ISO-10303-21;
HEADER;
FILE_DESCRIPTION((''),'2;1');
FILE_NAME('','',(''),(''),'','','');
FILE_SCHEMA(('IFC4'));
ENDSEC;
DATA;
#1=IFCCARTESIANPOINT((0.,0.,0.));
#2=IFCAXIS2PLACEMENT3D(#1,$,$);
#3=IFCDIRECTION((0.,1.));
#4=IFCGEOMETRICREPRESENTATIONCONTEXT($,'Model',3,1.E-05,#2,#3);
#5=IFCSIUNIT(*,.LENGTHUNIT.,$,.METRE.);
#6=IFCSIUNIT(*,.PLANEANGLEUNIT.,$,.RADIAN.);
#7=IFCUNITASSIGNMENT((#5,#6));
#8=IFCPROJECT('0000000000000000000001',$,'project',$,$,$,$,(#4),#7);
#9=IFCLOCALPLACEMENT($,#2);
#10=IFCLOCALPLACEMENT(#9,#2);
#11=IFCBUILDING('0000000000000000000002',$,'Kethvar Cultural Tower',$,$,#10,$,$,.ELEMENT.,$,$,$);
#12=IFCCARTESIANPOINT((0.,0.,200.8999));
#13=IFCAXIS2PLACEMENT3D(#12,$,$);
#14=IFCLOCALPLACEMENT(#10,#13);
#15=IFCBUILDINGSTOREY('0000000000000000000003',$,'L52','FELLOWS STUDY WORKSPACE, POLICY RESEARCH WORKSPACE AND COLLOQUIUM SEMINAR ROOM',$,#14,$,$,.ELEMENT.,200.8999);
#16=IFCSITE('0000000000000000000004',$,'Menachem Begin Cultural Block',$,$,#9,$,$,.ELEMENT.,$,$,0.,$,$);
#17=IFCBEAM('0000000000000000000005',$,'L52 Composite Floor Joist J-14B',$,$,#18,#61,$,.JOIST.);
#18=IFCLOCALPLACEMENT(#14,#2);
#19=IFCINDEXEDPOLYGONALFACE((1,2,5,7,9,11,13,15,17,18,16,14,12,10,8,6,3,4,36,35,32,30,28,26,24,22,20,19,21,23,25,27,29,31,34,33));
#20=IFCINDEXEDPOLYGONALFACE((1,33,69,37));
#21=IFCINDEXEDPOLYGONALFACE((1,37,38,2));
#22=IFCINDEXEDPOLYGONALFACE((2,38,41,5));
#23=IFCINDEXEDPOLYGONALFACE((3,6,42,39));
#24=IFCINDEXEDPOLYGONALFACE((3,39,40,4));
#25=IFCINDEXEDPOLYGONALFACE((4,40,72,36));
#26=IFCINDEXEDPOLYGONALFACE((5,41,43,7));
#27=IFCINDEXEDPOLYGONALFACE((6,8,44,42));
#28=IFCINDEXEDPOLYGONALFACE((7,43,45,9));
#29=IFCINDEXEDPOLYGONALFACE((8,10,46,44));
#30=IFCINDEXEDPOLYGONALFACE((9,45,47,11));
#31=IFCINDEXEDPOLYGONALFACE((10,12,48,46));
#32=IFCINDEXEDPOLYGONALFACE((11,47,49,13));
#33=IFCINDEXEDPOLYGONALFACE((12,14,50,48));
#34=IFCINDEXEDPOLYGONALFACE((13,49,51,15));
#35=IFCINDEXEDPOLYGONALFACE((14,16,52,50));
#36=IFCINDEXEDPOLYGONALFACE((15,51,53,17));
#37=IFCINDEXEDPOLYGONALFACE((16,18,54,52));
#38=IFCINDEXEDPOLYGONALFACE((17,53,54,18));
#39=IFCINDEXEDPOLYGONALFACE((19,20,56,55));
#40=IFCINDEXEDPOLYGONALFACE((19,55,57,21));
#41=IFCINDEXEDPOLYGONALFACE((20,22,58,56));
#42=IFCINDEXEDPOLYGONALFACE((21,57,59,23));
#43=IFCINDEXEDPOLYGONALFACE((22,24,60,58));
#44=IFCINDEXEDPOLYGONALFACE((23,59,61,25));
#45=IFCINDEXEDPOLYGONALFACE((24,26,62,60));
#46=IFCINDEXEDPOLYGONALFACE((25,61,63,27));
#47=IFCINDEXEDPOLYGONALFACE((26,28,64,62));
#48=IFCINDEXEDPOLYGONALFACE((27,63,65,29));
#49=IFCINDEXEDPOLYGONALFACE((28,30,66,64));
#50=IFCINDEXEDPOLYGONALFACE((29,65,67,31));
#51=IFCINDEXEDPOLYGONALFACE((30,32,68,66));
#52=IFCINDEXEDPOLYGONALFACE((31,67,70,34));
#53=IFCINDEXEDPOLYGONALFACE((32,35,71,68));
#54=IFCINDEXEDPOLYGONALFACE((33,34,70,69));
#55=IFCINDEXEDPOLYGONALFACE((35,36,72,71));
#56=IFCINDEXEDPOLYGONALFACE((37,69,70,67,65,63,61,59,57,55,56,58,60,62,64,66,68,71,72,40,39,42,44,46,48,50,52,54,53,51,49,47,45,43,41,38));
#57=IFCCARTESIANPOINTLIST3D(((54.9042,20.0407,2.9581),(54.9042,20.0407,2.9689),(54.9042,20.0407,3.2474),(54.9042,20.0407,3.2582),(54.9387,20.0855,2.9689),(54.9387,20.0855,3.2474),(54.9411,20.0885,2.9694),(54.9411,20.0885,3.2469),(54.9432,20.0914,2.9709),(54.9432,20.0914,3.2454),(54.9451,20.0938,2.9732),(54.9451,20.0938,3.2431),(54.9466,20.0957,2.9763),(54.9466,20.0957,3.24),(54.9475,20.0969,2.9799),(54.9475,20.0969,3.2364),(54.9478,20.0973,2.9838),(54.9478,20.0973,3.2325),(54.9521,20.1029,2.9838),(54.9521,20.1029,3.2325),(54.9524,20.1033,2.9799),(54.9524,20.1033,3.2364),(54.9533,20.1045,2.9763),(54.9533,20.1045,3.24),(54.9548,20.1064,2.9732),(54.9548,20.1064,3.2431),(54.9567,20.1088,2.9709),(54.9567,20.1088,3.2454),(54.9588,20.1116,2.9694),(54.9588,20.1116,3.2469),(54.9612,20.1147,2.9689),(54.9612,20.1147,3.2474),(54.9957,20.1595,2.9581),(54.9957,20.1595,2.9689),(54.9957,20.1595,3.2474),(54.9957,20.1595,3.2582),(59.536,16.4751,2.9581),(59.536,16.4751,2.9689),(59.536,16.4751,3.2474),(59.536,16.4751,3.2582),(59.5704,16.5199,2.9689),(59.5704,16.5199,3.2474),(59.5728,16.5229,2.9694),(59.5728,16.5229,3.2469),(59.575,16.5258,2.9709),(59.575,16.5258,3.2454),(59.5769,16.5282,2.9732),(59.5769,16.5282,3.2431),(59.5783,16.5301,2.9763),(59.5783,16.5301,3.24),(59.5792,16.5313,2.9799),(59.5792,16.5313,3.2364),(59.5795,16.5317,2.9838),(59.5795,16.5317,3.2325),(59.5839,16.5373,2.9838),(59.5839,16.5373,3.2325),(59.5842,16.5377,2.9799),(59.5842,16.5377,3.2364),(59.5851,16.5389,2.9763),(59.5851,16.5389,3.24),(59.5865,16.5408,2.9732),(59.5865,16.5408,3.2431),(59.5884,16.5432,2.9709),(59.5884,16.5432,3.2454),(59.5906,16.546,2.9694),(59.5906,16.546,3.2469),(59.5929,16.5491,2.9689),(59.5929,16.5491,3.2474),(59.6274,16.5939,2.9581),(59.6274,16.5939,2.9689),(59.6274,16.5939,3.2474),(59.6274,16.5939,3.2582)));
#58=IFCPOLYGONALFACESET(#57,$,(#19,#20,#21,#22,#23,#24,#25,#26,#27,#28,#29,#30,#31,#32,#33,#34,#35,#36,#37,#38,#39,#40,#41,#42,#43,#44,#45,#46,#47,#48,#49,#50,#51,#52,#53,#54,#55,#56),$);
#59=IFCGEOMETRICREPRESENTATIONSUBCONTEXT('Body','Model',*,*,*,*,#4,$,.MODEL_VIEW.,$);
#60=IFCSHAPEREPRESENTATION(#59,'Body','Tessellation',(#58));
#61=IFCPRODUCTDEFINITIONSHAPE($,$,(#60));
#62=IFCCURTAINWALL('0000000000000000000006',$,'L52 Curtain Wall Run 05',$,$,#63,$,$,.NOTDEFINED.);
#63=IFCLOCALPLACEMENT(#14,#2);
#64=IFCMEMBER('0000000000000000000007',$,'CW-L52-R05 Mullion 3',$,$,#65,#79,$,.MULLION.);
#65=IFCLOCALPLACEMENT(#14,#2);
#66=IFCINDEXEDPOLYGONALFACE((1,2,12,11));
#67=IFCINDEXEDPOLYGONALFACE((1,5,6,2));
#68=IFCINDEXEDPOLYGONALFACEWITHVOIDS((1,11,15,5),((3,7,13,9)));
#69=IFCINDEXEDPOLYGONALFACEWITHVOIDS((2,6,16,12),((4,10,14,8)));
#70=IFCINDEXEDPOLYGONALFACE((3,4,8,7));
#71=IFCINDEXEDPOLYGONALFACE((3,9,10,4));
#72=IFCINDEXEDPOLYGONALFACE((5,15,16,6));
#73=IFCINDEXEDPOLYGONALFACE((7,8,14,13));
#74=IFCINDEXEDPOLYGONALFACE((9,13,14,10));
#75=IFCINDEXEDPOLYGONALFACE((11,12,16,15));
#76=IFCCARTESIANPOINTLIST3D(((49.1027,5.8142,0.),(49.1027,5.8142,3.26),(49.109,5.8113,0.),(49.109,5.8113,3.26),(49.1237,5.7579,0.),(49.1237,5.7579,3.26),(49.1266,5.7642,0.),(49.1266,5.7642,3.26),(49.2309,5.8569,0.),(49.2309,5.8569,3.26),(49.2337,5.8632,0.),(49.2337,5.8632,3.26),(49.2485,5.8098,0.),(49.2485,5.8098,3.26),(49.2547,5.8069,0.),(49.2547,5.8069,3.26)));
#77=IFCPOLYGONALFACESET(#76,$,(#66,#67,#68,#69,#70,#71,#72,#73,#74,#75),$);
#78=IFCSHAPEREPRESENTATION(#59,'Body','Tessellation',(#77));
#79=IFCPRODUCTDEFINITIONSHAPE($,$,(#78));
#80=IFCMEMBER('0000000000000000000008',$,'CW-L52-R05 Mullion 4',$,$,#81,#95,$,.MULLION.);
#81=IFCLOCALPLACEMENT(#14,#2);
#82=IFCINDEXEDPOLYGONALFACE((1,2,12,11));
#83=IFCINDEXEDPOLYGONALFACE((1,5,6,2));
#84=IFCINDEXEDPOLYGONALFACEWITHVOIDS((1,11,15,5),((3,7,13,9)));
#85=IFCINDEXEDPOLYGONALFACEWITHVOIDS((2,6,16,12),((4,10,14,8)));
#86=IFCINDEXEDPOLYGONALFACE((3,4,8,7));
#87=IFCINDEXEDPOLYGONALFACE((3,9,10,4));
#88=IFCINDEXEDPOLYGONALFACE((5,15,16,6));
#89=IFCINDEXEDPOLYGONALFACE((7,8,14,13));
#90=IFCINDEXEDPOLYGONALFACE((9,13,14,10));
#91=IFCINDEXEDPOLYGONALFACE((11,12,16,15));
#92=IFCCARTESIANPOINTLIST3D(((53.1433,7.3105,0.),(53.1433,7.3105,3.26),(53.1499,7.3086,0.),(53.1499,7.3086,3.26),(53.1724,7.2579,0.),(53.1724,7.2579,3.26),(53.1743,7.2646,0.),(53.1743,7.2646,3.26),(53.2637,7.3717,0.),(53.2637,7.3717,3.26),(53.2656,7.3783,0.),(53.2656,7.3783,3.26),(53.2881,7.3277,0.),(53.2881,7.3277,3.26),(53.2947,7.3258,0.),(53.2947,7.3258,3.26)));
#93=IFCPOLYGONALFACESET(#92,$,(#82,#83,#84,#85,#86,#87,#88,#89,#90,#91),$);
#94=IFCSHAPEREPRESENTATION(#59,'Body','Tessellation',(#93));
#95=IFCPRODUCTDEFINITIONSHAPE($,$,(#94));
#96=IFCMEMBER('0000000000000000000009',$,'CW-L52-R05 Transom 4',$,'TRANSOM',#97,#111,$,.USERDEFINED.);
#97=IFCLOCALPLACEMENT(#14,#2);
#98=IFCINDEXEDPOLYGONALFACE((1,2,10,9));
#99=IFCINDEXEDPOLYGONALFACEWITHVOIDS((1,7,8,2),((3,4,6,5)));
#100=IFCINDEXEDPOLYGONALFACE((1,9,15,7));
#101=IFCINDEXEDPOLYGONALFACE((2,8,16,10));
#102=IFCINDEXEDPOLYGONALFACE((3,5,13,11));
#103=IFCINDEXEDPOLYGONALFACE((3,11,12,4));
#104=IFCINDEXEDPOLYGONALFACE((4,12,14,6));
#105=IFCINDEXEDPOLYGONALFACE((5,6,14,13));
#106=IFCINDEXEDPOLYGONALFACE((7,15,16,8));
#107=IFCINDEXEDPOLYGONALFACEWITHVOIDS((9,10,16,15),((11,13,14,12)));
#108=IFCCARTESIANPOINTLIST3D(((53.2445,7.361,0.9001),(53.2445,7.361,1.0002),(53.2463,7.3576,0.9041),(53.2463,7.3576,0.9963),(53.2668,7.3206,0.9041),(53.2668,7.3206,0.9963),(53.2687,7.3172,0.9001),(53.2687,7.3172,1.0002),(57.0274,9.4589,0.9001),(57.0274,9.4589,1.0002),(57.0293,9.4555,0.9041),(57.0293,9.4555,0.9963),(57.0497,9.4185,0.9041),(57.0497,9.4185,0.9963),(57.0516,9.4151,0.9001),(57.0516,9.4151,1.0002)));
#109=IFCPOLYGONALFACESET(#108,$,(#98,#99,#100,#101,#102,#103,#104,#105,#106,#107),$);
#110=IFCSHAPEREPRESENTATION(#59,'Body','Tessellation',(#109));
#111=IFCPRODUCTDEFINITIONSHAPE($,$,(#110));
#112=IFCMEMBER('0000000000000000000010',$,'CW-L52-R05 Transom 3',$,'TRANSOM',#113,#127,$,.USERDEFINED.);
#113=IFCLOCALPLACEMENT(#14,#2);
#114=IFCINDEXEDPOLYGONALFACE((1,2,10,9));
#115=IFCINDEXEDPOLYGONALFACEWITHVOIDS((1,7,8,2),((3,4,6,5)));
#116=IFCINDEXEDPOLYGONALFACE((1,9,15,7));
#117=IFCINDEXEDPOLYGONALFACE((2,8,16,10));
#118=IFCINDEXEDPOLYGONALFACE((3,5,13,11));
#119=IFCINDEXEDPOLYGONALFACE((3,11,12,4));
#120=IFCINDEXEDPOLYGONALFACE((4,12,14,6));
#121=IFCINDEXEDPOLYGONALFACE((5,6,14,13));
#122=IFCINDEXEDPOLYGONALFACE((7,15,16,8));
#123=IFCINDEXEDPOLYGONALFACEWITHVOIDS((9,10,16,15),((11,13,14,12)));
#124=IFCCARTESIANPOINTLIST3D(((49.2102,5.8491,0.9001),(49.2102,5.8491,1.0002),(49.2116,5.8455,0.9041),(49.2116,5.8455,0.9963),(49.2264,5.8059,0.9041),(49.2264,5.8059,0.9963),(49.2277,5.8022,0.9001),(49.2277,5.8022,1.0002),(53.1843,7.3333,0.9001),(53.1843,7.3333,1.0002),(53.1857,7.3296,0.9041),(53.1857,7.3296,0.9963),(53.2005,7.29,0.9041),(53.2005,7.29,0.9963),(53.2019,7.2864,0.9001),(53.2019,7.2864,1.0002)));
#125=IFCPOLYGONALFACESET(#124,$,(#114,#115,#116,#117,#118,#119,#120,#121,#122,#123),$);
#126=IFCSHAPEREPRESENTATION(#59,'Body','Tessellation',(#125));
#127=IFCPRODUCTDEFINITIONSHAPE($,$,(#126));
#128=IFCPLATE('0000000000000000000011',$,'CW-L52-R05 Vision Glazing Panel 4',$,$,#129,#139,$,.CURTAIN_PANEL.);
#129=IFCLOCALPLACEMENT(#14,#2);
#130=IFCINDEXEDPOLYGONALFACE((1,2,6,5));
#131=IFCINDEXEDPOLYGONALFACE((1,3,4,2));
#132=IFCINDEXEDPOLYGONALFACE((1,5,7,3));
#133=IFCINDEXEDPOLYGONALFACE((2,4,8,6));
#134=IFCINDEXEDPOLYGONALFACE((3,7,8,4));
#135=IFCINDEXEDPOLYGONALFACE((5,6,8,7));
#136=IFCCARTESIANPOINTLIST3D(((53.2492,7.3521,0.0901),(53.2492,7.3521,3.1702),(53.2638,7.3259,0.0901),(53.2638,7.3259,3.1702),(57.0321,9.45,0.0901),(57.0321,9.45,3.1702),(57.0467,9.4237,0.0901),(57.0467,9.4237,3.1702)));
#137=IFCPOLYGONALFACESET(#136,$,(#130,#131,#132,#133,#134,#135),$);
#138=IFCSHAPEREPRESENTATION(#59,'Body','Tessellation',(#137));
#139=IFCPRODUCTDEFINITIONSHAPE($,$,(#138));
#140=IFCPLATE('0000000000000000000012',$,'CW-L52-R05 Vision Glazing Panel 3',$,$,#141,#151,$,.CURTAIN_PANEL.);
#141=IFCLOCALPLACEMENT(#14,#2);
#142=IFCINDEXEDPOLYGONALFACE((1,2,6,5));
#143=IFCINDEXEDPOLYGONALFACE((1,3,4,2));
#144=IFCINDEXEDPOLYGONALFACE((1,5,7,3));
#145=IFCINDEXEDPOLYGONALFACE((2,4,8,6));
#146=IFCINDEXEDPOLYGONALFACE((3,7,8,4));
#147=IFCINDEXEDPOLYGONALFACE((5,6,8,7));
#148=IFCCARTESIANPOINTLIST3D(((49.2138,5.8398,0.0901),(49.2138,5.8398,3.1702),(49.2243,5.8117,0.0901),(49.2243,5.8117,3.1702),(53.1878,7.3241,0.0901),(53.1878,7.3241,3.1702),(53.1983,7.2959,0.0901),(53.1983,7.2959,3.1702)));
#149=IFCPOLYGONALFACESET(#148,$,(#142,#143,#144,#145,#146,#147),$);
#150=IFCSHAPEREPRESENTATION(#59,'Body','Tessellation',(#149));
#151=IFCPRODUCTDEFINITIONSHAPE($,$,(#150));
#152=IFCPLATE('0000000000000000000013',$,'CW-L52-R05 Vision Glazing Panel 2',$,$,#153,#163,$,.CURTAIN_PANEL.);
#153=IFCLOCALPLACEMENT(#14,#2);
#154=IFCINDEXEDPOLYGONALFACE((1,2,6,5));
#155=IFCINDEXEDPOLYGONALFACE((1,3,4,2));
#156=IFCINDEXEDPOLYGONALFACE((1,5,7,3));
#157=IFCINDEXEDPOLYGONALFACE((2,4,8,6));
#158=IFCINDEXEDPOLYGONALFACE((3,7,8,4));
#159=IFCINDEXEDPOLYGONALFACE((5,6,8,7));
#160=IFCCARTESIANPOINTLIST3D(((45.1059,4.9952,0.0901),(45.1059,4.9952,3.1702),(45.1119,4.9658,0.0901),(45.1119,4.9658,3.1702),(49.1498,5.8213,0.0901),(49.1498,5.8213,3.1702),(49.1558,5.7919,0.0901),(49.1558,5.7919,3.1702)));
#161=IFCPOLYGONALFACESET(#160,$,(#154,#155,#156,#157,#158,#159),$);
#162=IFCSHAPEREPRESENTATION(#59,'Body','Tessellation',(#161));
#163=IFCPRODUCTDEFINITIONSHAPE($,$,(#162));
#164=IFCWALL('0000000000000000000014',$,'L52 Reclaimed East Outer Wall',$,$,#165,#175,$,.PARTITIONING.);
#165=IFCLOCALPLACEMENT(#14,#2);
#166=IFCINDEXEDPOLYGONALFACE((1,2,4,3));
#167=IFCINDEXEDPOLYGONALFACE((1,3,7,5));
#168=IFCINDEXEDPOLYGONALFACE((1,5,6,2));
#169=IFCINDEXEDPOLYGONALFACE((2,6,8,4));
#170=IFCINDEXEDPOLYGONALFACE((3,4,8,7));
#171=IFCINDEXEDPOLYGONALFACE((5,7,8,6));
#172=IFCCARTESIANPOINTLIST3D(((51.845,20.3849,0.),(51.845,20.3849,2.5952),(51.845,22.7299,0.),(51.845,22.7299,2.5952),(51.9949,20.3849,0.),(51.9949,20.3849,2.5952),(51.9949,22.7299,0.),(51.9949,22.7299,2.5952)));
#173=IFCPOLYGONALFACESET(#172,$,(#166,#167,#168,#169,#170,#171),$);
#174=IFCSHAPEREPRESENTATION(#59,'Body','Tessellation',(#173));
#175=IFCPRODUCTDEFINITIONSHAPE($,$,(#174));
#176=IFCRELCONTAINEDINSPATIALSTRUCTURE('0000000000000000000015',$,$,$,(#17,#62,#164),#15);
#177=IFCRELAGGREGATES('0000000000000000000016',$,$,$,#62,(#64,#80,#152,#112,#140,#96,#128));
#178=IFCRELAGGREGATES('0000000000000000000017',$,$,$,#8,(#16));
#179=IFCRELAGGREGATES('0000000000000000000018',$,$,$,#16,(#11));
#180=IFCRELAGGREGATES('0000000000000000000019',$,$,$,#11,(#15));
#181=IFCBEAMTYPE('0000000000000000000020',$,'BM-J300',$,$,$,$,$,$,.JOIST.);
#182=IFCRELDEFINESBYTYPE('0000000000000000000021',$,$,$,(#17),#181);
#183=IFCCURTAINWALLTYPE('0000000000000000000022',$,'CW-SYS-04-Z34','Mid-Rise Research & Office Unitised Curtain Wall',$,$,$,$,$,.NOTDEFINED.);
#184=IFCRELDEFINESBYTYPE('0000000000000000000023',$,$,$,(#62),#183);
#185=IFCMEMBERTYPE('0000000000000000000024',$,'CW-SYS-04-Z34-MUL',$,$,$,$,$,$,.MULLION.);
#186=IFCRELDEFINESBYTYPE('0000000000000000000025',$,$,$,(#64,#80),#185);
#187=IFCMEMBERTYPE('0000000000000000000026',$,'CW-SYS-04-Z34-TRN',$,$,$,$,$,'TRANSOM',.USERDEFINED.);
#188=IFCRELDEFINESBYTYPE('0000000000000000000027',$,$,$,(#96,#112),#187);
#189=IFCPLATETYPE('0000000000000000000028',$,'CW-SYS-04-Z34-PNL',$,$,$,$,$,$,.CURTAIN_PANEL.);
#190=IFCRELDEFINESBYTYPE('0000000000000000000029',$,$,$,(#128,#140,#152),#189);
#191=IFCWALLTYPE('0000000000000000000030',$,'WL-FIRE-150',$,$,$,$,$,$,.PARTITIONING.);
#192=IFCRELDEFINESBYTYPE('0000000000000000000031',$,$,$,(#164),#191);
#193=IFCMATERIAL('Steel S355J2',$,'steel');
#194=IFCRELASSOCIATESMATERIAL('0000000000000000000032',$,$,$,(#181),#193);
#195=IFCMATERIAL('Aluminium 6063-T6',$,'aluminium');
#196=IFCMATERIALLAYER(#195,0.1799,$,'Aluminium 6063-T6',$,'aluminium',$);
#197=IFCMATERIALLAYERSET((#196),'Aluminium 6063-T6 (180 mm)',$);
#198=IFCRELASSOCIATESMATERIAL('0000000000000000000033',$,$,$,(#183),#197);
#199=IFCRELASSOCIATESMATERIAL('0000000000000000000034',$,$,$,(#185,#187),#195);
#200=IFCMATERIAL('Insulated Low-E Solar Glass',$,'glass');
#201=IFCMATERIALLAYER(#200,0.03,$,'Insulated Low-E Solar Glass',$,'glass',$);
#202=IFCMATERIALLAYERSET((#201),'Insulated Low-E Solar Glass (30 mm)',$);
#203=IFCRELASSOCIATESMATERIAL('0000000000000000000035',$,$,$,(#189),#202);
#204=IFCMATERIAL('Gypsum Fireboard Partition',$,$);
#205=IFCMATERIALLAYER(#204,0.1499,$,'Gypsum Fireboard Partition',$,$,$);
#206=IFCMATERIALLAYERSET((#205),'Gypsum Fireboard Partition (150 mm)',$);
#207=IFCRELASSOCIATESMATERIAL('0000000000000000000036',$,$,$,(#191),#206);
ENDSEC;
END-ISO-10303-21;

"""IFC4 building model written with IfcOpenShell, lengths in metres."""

from ifc_helpers import new_model, si_unit, direction, frame, frame_2d, origin, origin_2d, place, context, subcontext, project, spatial, rectangle, hollow_rectangle, i_section, extrude, source, transform, mapped, material, layer, layer_set, material_profile, profile_set, type_object, element, aggregate, save


model = new_model("IFC4")

# Units and contexts
model_context = context("Model", 3, precision=1e-05, world=origin(), true_north=direction((0.0, 1.0)))
body_context = subcontext(model_context, "Body", "Model", "MODEL_VIEW")
ifc_project = project(units=[si_unit("LENGTHUNIT", "METRE"), si_unit("PLANEANGLEUNIT", "RADIAN")], contexts=[model_context])

# Site, building, storey
site_placement = place(None, origin())
site = spatial("IfcSite", under=ifc_project, at=site_placement, Name="Menachem Begin Cultural Block", CompositionType="ELEMENT", RefElevation=0.0)
building_placement = place(site_placement, origin())
building = spatial("IfcBuilding", under=site, at=building_placement, Name="Kethvar Cultural Tower", CompositionType="ELEMENT")
storey_placement = place(building_placement, frame((0.0, 0.0, 200.8999)))
storey = spatial("IfcBuildingStorey", under=building, at=storey_placement, Name="L52", Description="FELLOWS STUDY WORKSPACE, POLICY RESEARCH WORKSPACE AND COLLOQUIUM SEMINAR ROOM", CompositionType="ELEMENT", Elevation=200.8999)

# Beam
ifc_material_1 = material(Name="Steel S355J2", Category="steel")
ifc_material_profile_1 = material_profile(ifc_material_1, i_section(OverallWidth=0.1499, OverallDepth=0.3, WebThickness=0.0071, FlangeThickness=0.0107, FilletRadius=0.0149, at=origin_2d()), Name="Steel S355J2 — IPE300")
ifc_profile_set_1 = profile_set([ifc_material_profile_1], Name="Steel S355J2 — IPE300")
beam_type_1 = type_object("IfcBeamType", Name="BM-J300", PredefinedType="JOIST", material=ifc_profile_set_1)
shared_shape_1 = source(origin(), body_context, "Body", "SweptSolid", [
    extrude(i_section(OverallWidth=0.1499, OverallDepth=0.3, WebThickness=0.0071, FlangeThickness=0.0107, FilletRadius=0.0149, at=origin_2d()), origin(), (0.0, 0.0, 1.0), 5.8452),
])
beam_1_placement = place(storey_placement, frame((54.95, 20.1001, 3.1082), z_axis=(0.792399, -0.610003, 0.0), x_axis=(0.610003, 0.792399, 0.0)))
element("IfcBeam", 1, at=beam_1_placement, inside=storey, type_object=beam_type_1, Name="L52 Composite Floor Joist J-14B", PredefinedType="JOIST", context=body_context, shape_type="MappedRepresentation", body=[
    mapped(shared_shape_1, transform((0.0, 0.0, 0.0), scale=1.0)),
])

# Curtain wall, members, plates
ifc_material_2 = material(Name="Aluminium 6063-T6", Category="aluminium")
ifc_layer_1 = layer(ifc_material_2, 0.1799, Name="Aluminium 6063-T6", Category="aluminium")
ifc_layer_set_1 = layer_set([ifc_layer_1], Name="Aluminium 6063-T6 (180 mm)")
curtain_wall_type = type_object("IfcCurtainWallType", Name="CW-SYS-04-Z34", Description="Mid-Rise Research & Office Unitised Curtain Wall", PredefinedType="NOTDEFINED", material=ifc_layer_set_1)
curtain_wall_placement = place(storey_placement, origin())
curtain_wall = element("IfcCurtainWall", 2, at=curtain_wall_placement, inside=storey, type_object=curtain_wall_type, Name="L52 Curtain Wall Run 05", PredefinedType="NOTDEFINED")
ifc_material_profile_2 = material_profile(ifc_material_2, hollow_rectangle(XDim=0.0601, YDim=0.1399, WallThickness=0.0049, at=origin_2d()), Name="Aluminium 6063-T6 — RHS140x60x5")
ifc_profile_set_2 = profile_set([ifc_material_profile_2], Name="Aluminium 6063-T6 — RHS140x60x5")
member_type_1 = type_object("IfcMemberType", Name="CW-SYS-04-Z34-MUL", PredefinedType="MULLION", material=ifc_profile_set_2)
shared_shape_2 = source(origin(), body_context, "Body", "SweptSolid", [
    extrude(hollow_rectangle(XDim=0.0601, YDim=0.1399, WallThickness=0.0049, at=origin_2d()), origin(), (0.0, 0.0, 1.0), 3.26),
])
member_1_placement = place(storey_placement, frame((49.1787, 5.8105, 0.0), z_axis=(0.0, 0.0, 1.0), x_axis=(-0.34988, 0.936794, 0.0)))
member_1 = element("IfcMember", 3, at=member_1_placement, type_object=member_type_1, Name="CW-L52-R05 Mullion 3", PredefinedType="MULLION", context=body_context, shape_type="MappedRepresentation", body=[
    mapped(shared_shape_2, transform((0.0, 0.0, 0.0), scale=1.0)),
])
member_2_placement = place(storey_placement, frame((53.219, 7.3181, 0.0), z_axis=(0.0, 0.0, 1.0), x_axis=(-0.484978, 0.874527, 0.0)))
member_2 = element("IfcMember", 4, at=member_2_placement, type_object=member_type_1, Name="CW-L52-R05 Mullion 4", PredefinedType="MULLION", context=body_context, shape_type="MappedRepresentation", body=[
    mapped(shared_shape_2, transform((0.0, 0.0, 0.0), scale=1.0)),
])
ifc_material_profile_3 = material_profile(ifc_material_2, hollow_rectangle(XDim=0.05, YDim=0.1001, WallThickness=0.0039, at=origin_2d()), Name="Aluminium 6063-T6 — RHS100x50x4")
ifc_profile_set_3 = profile_set([ifc_material_profile_3], Name="Aluminium 6063-T6 — RHS100x50x4")
member_type_2 = type_object("IfcMemberType", Name="CW-SYS-04-Z34-TRN", ElementType="TRANSOM", PredefinedType="USERDEFINED", material=ifc_profile_set_3)
shared_shape_3 = source(origin(), body_context, "Body", "SweptSolid", [
    extrude(hollow_rectangle(XDim=0.05, YDim=0.1001, WallThickness=0.0039, at=origin_2d()), origin(), (0.0, 0.0, 1.0), 4.3257),
])
member_3_placement = place(storey_placement, frame((53.2566, 7.3391, 0.9502), z_axis=(0.874524, 0.484981, 0.0), x_axis=(-0.484981, 0.874524, 0.0)))
member_3 = element("IfcMember", 5, at=member_3_placement, type_object=member_type_2, Name="CW-L52-R05 Transom 4", ObjectType="TRANSOM", PredefinedType="USERDEFINED", context=body_context, shape_type="MappedRepresentation", body=[
    mapped(shared_shape_3, transform((0.0, 0.0, 0.0), scale=1.0)),
])
shared_shape_4 = source(origin(), body_context, "Body", "SweptSolid", [
    extrude(hollow_rectangle(XDim=0.05, YDim=0.1001, WallThickness=0.0039, at=origin_2d()), origin(), (0.0, 0.0, 1.0), 4.2422),
])
member_4_placement = place(storey_placement, frame((49.219, 5.8257, 0.9502), z_axis=(0.936806, 0.349849, 0.0), x_axis=(-0.349849, 0.936806, 0.0)))
member_4 = element("IfcMember", 6, at=member_4_placement, type_object=member_type_2, Name="CW-L52-R05 Transom 3", ObjectType="TRANSOM", PredefinedType="USERDEFINED", context=body_context, shape_type="MappedRepresentation", body=[
    mapped(shared_shape_4, transform((0.0, 0.0, 0.0), scale=1.0)),
])
ifc_material_3 = material(Name="Insulated Low-E Solar Glass", Category="glass")
ifc_layer_2 = layer(ifc_material_3, 0.03, Name="Insulated Low-E Solar Glass", Category="glass")
ifc_layer_set_2 = layer_set([ifc_layer_2], Name="Insulated Low-E Solar Glass (30 mm)")
plate_type = type_object("IfcPlateType", Name="CW-SYS-04-Z34-PNL", PredefinedType="CURTAIN_PANEL", material=ifc_layer_set_2)
shared_shape_5 = source(origin(), body_context, "Body", "SweptSolid", [
    extrude(rectangle(XDim=4.3257, YDim=0.03, at=origin_2d()), origin(), (0.0, 0.0, 1.0), 3.0801),
])
plate_1_placement = place(storey_placement, frame((55.1479, 8.3879, 0.0901), z_axis=(0.0, 0.0, 1.0), x_axis=(0.874527, 0.484978, 0.0)))
plate_1 = element("IfcPlate", 7, at=plate_1_placement, type_object=plate_type, Name="CW-L52-R05 Vision Glazing Panel 4", PredefinedType="CURTAIN_PANEL", context=body_context, shape_type="MappedRepresentation", body=[
    mapped(shared_shape_5, transform((0.0, 0.0, 0.0), scale=1.0)),
])
shared_shape_6 = source(origin(), body_context, "Body", "SweptSolid", [
    extrude(rectangle(XDim=4.2422, YDim=0.03, at=origin_2d()), origin(), (0.0, 0.0, 1.0), 3.0801),
])
plate_2_placement = place(storey_placement, frame((51.2061, 6.5679, 0.0901), z_axis=(0.0, 0.0, 1.0), x_axis=(0.936794, 0.34988, 0.0)))
plate_2 = element("IfcPlate", 8, at=plate_2_placement, type_object=plate_type, Name="CW-L52-R05 Vision Glazing Panel 3", PredefinedType="CURTAIN_PANEL", context=body_context, shape_type="MappedRepresentation", body=[
    mapped(shared_shape_6, transform((0.0, 0.0, 0.0), scale=1.0)),
])
shared_shape_7 = source(origin(), body_context, "Body", "SweptSolid", [
    extrude(rectangle(XDim=4.1274, YDim=0.03, at=origin_2d()), origin(), (0.0, 0.0, 1.0), 3.0801),
])
plate_3_placement = place(storey_placement, frame((47.1309, 5.3936, 0.0901), z_axis=(0.0, 0.0, 1.0), x_axis=(0.979768, 0.200138, 0.0)))
plate_3 = element("IfcPlate", 9, at=plate_3_placement, type_object=plate_type, Name="CW-L52-R05 Vision Glazing Panel 2", PredefinedType="CURTAIN_PANEL", context=body_context, shape_type="MappedRepresentation", body=[
    mapped(shared_shape_7, transform((0.0, 0.0, 0.0), scale=1.0)),
])
aggregate(curtain_wall, [member_1, member_2, plate_3, member_4, plate_2, member_3, plate_1])

# Wall
ifc_material_4 = material(Name="Gypsum Fireboard Partition")
ifc_layer_3 = layer(ifc_material_4, 0.1499, Name="Gypsum Fireboard Partition")
ifc_layer_set_3 = layer_set([ifc_layer_3], Name="Gypsum Fireboard Partition (150 mm)")
wall_type_1 = type_object("IfcWallType", Name="WL-FIRE-150", PredefinedType="PARTITIONING", material=ifc_layer_set_3)
wall_1_placement = place(storey_placement, frame((51.9199, 20.385, 0.0), z_axis=(0.0, 0.0, 1.0), x_axis=(0.0, 1.0, 0.0)))
element("IfcWall", 10, at=wall_1_placement, inside=storey, type_object=wall_type_1, Name="L52 Reclaimed East Outer Wall", PredefinedType="PARTITIONING", context=body_context, shape_type="SweptSolid", body=[
    extrude(rectangle(XDim=2.345, YDim=0.1499, at=frame_2d((1.1724, 0.0))), origin(), (0.0, 0.0, 1.0), 2.5952),
])

save(model, "model.ifc")
